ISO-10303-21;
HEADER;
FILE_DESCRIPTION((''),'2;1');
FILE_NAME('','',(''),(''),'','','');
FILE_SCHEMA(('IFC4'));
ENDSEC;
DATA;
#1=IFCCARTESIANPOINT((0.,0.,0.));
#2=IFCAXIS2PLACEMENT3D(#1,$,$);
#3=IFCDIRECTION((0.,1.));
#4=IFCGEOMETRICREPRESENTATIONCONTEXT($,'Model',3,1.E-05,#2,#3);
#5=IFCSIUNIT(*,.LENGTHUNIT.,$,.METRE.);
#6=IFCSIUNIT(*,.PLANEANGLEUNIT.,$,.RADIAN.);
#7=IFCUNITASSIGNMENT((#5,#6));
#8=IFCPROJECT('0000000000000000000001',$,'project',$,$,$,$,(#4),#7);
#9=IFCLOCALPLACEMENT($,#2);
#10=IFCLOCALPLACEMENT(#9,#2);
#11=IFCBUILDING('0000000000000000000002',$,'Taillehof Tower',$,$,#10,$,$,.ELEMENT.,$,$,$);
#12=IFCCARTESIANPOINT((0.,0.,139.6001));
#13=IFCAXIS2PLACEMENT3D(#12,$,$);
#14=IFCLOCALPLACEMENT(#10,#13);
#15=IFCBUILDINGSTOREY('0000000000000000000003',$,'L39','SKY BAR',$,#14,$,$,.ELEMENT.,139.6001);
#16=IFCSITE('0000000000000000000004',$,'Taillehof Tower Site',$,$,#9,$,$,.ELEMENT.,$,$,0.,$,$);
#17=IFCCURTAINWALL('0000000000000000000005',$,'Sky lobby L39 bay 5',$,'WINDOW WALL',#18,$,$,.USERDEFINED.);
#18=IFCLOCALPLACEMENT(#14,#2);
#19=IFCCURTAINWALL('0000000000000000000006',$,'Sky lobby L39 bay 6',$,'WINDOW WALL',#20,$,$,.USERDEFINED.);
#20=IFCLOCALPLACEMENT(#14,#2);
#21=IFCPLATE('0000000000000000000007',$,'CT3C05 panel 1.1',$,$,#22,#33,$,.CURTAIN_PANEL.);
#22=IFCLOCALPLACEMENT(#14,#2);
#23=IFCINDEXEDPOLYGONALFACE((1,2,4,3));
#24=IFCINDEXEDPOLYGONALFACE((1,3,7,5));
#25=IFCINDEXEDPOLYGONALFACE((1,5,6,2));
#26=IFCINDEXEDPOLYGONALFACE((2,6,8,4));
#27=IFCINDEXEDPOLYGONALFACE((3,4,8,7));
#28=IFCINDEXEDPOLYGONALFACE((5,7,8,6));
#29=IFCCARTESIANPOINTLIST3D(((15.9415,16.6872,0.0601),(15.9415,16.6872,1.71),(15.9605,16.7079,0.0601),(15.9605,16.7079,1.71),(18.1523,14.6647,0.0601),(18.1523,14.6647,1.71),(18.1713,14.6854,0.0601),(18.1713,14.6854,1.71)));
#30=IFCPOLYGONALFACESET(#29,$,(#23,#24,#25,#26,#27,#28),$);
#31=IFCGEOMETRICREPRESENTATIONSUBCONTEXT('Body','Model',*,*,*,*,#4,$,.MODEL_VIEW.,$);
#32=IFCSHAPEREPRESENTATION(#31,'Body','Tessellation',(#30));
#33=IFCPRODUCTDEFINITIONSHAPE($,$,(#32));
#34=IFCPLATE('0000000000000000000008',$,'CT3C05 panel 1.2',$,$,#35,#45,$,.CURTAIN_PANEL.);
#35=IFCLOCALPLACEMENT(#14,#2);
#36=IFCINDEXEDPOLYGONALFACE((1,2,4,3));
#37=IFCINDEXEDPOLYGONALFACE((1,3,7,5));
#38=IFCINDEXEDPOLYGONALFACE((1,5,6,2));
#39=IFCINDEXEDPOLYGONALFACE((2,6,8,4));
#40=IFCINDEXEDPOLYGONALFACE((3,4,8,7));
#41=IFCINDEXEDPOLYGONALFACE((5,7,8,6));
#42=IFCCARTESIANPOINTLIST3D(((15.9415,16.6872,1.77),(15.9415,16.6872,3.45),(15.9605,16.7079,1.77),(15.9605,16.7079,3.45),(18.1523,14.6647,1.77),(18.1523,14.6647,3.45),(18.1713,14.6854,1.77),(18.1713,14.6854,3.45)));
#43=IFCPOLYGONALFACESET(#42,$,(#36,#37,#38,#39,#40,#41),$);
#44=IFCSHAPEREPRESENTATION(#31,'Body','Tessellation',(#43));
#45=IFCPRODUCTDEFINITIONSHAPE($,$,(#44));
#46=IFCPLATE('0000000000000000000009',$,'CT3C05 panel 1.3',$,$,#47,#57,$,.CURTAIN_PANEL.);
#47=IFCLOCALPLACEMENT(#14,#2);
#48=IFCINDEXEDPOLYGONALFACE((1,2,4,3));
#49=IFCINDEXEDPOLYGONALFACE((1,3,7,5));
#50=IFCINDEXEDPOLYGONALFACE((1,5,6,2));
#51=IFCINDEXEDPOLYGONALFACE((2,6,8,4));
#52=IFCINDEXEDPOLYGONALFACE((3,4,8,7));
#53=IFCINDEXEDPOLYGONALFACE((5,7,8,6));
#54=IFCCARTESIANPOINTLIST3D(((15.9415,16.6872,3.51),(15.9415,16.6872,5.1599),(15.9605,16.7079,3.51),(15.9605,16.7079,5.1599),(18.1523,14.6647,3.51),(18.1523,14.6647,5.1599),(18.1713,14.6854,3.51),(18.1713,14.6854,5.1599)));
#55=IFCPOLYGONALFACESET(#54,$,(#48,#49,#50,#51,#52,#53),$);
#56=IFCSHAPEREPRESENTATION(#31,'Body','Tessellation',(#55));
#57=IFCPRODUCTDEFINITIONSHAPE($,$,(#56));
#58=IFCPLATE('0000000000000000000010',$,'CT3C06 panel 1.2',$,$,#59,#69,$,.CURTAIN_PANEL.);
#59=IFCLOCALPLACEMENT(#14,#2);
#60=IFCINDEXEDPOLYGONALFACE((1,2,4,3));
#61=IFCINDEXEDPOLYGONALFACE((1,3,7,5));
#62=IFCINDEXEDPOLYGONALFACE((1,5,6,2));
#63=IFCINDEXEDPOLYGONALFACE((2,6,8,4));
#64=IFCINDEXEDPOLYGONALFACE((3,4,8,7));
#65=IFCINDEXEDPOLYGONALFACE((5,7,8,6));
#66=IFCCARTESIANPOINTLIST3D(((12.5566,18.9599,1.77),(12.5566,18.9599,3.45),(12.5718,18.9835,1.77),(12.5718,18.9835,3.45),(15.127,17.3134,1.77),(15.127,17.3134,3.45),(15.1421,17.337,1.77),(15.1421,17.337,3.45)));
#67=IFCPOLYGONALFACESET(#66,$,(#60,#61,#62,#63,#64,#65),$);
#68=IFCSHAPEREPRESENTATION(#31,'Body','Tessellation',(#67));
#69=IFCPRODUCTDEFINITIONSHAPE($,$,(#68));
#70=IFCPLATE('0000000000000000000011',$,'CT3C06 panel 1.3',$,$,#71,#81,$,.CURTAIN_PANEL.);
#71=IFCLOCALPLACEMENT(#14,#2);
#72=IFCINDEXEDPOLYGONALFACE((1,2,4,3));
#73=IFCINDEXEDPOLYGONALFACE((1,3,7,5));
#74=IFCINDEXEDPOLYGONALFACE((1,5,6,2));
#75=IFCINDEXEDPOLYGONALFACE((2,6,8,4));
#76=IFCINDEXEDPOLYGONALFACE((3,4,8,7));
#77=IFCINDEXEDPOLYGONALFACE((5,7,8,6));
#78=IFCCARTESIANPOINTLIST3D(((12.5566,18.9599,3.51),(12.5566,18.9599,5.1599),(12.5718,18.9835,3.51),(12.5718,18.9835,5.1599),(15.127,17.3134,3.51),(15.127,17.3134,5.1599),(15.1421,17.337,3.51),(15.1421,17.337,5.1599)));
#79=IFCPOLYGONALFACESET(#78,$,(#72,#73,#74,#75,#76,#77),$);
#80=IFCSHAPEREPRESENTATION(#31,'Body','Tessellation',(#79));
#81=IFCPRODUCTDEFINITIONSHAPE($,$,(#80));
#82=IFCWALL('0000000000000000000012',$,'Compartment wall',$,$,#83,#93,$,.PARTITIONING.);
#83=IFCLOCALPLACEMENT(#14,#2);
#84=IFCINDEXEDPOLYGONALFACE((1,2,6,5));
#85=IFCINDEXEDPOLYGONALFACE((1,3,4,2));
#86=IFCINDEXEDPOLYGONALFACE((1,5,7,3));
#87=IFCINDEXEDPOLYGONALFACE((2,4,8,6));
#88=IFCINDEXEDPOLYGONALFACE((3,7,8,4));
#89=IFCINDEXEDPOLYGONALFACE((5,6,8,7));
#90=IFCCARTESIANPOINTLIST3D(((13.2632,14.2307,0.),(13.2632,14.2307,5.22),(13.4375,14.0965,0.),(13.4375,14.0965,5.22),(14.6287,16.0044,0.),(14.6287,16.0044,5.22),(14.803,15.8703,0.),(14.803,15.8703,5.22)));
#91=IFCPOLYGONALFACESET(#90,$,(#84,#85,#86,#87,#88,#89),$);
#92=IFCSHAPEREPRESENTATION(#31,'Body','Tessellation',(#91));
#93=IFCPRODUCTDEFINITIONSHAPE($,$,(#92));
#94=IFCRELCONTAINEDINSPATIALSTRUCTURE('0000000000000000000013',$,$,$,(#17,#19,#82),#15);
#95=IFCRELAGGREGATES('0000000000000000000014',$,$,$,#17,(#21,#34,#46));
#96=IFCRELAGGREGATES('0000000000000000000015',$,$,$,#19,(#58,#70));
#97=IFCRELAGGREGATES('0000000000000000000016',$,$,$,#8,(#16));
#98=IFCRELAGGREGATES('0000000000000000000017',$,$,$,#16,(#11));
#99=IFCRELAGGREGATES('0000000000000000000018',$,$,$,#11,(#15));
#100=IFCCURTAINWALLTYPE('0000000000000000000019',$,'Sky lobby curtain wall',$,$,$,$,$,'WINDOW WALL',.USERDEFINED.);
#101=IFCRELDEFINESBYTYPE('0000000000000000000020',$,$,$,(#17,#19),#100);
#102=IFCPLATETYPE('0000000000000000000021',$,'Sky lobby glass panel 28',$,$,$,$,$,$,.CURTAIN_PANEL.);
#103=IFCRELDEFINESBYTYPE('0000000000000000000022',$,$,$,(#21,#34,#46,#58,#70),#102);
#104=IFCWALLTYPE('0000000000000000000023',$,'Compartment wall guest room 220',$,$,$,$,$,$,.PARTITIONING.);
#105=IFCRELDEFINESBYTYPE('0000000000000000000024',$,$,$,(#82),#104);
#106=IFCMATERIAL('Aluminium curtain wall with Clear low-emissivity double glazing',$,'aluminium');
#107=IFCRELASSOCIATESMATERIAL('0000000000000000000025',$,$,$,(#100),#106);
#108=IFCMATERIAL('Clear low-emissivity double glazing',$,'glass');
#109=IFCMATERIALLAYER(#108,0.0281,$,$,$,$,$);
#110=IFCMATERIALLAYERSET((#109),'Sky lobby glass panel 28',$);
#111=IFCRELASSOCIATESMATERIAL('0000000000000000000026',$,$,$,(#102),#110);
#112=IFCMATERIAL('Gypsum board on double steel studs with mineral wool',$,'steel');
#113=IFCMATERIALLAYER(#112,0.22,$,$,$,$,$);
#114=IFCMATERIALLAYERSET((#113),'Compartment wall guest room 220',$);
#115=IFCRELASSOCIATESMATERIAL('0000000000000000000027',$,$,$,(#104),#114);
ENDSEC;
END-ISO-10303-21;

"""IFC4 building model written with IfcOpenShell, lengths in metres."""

from ifc_helpers import new_model, si_unit, direction, frame, frame_2d, origin, origin_2d, place, context, subcontext, project, spatial, rectangle, extrude, material, layer, layer_set, type_object, element, aggregate, save


model = new_model("IFC4")

# Units and contexts
model_context = context("Model", 3, precision=1e-05, world=origin(), true_north=direction((0.0, 1.0)))
body_context = subcontext(model_context, "Body", "Model", "MODEL_VIEW")
ifc_project = project(units=[si_unit("LENGTHUNIT", "METRE"), si_unit("PLANEANGLEUNIT", "RADIAN")], contexts=[model_context])

# Site, building, storey
site_placement = place(None, origin())
site = spatial("IfcSite", under=ifc_project, at=site_placement, Name="Taillehof Tower Site", CompositionType="ELEMENT", RefElevation=0.0)
building_placement = place(site_placement, origin())
building = spatial("IfcBuilding", under=site, at=building_placement, Name="Taillehof Tower", CompositionType="ELEMENT")
storey_placement = place(building_placement, frame((0.0, 0.0, 139.6001)))
storey = spatial("IfcBuildingStorey", under=building, at=storey_placement, Name="L39", Description="SKY BAR", CompositionType="ELEMENT", Elevation=139.6001)

# Curtain wall
ifc_material_1 = material(Name="Aluminium curtain wall with Clear low-emissivity double glazing", Category="aluminium")
curtain_wall_type = type_object("IfcCurtainWallType", Name="Sky lobby curtain wall", ElementType="WINDOW WALL", PredefinedType="USERDEFINED", material=ifc_material_1)
curtain_wall_1_placement = place(storey_placement, origin())
curtain_wall_1 = element("IfcCurtainWall", 1, at=curtain_wall_1_placement, inside=storey, type_object=curtain_wall_type, Name="Sky lobby L39 bay 5", ObjectType="WINDOW WALL", PredefinedType="USERDEFINED")

# Curtain wall
curtain_wall_2_placement = place(storey_placement, origin())
curtain_wall_2 = element("IfcCurtainWall", 2, at=curtain_wall_2_placement, inside=storey, type_object=curtain_wall_type, Name="Sky lobby L39 bay 6", ObjectType="WINDOW WALL", PredefinedType="USERDEFINED")

# Plates
ifc_material_2 = material(Name="Clear low-emissivity double glazing", Category="glass")
ifc_layer_1 = layer(ifc_material_2, 0.0281)
ifc_layer_set_1 = layer_set([ifc_layer_1], Name="Sky lobby glass panel 28")
plate_type = type_object("IfcPlateType", Name="Sky lobby glass panel 28", PredefinedType="CURTAIN_PANEL", material=ifc_layer_set_1)
plate_1_placement = place(storey_placement, frame((17.0564, 15.6863, 0.0601), z_axis=(0.0, 0.0, 1.0), x_axis=(-0.737827, 0.67499, 0.0)))
plate_1 = element("IfcPlate", 3, at=plate_1_placement, type_object=plate_type, Name="CT3C05 panel 1.1", PredefinedType="CURTAIN_PANEL", context=body_context, shape_type="SweptSolid", body=[
    extrude(rectangle(XDim=2.9963, YDim=0.0281, at=origin_2d()), origin(), (0.0, 0.0, 1.0), 1.6499),
])
plate_2_placement = place(storey_placement, frame((17.0564, 15.6863, 1.77), z_axis=(0.0, 0.0, 1.0), x_axis=(-0.737827, 0.67499, 0.0)))
plate_2 = element("IfcPlate", 4, at=plate_2_placement, type_object=plate_type, Name="CT3C05 panel 1.2", PredefinedType="CURTAIN_PANEL", context=body_context, shape_type="SweptSolid", body=[
    extrude(rectangle(XDim=2.9963, YDim=0.0281, at=origin_2d()), origin(), (0.0, 0.0, 1.0), 1.6799),
])
plate_3_placement = place(storey_placement, frame((17.0564, 15.6863, 3.51), z_axis=(0.0, 0.0, 1.0), x_axis=(-0.737827, 0.67499, 0.0)))
plate_3 = element("IfcPlate", 5, at=plate_3_placement, type_object=plate_type, Name="CT3C05 panel 1.3", PredefinedType="CURTAIN_PANEL", context=body_context, shape_type="SweptSolid", body=[
    extrude(rectangle(XDim=2.9963, YDim=0.0281, at=origin_2d()), origin(), (0.0, 0.0, 1.0), 1.6499),
])
aggregate(curtain_wall_1, [plate_1, plate_2, plate_3])
plate_4_placement = place(storey_placement, frame((13.8494, 18.1484, 1.77), z_axis=(0.0, 0.0, 1.0), x_axis=(-0.842053, 0.539394, 0.0)))
plate_4 = element("IfcPlate", 6, at=plate_4_placement, type_object=plate_type, Name="CT3C06 panel 1.2", PredefinedType="CURTAIN_PANEL", context=body_context, shape_type="SweptSolid", body=[
    extrude(rectangle(XDim=3.0525, YDim=0.0281, at=origin_2d()), origin(), (0.0, 0.0, 1.0), 1.6799),
])
plate_5_placement = place(storey_placement, frame((13.8494, 18.1484, 3.51), z_axis=(0.0, 0.0, 1.0), x_axis=(-0.842053, 0.539394, 0.0)))
plate_5 = element("IfcPlate", 7, at=plate_5_placement, type_object=plate_type, Name="CT3C06 panel 1.3", PredefinedType="CURTAIN_PANEL", context=body_context, shape_type="SweptSolid", body=[
    extrude(rectangle(XDim=3.0525, YDim=0.0281, at=origin_2d()), origin(), (0.0, 0.0, 1.0), 1.6499),
])
aggregate(curtain_wall_2, [plate_4, plate_5])

# Wall
ifc_material_3 = material(Name="Gypsum board on double steel studs with mineral wool", Category="steel")
ifc_layer_2 = layer(ifc_material_3, 0.22)
ifc_layer_set_2 = layer_set([ifc_layer_2], Name="Compartment wall guest room 220")
wall_type = type_object("IfcWallType", Name="Compartment wall guest room 220", PredefinedType="PARTITIONING", material=ifc_layer_set_2)
wall_placement = place(storey_placement, frame((14.7158, 15.9373, 0.0), z_axis=(0.0, 0.0, 1.0), x_axis=(-0.610022, -0.792385, 0.0)))
element("IfcWall", 8, at=wall_placement, inside=storey, type_object=wall_type, Name="Compartment wall", PredefinedType="PARTITIONING", context=body_context, shape_type="SweptSolid", body=[
    extrude(rectangle(XDim=2.2385, YDim=0.22, at=frame_2d((1.1191, 0.0))), origin(), (0.0, 0.0, 1.0), 5.22),
])

save(model, "model.ifc")
